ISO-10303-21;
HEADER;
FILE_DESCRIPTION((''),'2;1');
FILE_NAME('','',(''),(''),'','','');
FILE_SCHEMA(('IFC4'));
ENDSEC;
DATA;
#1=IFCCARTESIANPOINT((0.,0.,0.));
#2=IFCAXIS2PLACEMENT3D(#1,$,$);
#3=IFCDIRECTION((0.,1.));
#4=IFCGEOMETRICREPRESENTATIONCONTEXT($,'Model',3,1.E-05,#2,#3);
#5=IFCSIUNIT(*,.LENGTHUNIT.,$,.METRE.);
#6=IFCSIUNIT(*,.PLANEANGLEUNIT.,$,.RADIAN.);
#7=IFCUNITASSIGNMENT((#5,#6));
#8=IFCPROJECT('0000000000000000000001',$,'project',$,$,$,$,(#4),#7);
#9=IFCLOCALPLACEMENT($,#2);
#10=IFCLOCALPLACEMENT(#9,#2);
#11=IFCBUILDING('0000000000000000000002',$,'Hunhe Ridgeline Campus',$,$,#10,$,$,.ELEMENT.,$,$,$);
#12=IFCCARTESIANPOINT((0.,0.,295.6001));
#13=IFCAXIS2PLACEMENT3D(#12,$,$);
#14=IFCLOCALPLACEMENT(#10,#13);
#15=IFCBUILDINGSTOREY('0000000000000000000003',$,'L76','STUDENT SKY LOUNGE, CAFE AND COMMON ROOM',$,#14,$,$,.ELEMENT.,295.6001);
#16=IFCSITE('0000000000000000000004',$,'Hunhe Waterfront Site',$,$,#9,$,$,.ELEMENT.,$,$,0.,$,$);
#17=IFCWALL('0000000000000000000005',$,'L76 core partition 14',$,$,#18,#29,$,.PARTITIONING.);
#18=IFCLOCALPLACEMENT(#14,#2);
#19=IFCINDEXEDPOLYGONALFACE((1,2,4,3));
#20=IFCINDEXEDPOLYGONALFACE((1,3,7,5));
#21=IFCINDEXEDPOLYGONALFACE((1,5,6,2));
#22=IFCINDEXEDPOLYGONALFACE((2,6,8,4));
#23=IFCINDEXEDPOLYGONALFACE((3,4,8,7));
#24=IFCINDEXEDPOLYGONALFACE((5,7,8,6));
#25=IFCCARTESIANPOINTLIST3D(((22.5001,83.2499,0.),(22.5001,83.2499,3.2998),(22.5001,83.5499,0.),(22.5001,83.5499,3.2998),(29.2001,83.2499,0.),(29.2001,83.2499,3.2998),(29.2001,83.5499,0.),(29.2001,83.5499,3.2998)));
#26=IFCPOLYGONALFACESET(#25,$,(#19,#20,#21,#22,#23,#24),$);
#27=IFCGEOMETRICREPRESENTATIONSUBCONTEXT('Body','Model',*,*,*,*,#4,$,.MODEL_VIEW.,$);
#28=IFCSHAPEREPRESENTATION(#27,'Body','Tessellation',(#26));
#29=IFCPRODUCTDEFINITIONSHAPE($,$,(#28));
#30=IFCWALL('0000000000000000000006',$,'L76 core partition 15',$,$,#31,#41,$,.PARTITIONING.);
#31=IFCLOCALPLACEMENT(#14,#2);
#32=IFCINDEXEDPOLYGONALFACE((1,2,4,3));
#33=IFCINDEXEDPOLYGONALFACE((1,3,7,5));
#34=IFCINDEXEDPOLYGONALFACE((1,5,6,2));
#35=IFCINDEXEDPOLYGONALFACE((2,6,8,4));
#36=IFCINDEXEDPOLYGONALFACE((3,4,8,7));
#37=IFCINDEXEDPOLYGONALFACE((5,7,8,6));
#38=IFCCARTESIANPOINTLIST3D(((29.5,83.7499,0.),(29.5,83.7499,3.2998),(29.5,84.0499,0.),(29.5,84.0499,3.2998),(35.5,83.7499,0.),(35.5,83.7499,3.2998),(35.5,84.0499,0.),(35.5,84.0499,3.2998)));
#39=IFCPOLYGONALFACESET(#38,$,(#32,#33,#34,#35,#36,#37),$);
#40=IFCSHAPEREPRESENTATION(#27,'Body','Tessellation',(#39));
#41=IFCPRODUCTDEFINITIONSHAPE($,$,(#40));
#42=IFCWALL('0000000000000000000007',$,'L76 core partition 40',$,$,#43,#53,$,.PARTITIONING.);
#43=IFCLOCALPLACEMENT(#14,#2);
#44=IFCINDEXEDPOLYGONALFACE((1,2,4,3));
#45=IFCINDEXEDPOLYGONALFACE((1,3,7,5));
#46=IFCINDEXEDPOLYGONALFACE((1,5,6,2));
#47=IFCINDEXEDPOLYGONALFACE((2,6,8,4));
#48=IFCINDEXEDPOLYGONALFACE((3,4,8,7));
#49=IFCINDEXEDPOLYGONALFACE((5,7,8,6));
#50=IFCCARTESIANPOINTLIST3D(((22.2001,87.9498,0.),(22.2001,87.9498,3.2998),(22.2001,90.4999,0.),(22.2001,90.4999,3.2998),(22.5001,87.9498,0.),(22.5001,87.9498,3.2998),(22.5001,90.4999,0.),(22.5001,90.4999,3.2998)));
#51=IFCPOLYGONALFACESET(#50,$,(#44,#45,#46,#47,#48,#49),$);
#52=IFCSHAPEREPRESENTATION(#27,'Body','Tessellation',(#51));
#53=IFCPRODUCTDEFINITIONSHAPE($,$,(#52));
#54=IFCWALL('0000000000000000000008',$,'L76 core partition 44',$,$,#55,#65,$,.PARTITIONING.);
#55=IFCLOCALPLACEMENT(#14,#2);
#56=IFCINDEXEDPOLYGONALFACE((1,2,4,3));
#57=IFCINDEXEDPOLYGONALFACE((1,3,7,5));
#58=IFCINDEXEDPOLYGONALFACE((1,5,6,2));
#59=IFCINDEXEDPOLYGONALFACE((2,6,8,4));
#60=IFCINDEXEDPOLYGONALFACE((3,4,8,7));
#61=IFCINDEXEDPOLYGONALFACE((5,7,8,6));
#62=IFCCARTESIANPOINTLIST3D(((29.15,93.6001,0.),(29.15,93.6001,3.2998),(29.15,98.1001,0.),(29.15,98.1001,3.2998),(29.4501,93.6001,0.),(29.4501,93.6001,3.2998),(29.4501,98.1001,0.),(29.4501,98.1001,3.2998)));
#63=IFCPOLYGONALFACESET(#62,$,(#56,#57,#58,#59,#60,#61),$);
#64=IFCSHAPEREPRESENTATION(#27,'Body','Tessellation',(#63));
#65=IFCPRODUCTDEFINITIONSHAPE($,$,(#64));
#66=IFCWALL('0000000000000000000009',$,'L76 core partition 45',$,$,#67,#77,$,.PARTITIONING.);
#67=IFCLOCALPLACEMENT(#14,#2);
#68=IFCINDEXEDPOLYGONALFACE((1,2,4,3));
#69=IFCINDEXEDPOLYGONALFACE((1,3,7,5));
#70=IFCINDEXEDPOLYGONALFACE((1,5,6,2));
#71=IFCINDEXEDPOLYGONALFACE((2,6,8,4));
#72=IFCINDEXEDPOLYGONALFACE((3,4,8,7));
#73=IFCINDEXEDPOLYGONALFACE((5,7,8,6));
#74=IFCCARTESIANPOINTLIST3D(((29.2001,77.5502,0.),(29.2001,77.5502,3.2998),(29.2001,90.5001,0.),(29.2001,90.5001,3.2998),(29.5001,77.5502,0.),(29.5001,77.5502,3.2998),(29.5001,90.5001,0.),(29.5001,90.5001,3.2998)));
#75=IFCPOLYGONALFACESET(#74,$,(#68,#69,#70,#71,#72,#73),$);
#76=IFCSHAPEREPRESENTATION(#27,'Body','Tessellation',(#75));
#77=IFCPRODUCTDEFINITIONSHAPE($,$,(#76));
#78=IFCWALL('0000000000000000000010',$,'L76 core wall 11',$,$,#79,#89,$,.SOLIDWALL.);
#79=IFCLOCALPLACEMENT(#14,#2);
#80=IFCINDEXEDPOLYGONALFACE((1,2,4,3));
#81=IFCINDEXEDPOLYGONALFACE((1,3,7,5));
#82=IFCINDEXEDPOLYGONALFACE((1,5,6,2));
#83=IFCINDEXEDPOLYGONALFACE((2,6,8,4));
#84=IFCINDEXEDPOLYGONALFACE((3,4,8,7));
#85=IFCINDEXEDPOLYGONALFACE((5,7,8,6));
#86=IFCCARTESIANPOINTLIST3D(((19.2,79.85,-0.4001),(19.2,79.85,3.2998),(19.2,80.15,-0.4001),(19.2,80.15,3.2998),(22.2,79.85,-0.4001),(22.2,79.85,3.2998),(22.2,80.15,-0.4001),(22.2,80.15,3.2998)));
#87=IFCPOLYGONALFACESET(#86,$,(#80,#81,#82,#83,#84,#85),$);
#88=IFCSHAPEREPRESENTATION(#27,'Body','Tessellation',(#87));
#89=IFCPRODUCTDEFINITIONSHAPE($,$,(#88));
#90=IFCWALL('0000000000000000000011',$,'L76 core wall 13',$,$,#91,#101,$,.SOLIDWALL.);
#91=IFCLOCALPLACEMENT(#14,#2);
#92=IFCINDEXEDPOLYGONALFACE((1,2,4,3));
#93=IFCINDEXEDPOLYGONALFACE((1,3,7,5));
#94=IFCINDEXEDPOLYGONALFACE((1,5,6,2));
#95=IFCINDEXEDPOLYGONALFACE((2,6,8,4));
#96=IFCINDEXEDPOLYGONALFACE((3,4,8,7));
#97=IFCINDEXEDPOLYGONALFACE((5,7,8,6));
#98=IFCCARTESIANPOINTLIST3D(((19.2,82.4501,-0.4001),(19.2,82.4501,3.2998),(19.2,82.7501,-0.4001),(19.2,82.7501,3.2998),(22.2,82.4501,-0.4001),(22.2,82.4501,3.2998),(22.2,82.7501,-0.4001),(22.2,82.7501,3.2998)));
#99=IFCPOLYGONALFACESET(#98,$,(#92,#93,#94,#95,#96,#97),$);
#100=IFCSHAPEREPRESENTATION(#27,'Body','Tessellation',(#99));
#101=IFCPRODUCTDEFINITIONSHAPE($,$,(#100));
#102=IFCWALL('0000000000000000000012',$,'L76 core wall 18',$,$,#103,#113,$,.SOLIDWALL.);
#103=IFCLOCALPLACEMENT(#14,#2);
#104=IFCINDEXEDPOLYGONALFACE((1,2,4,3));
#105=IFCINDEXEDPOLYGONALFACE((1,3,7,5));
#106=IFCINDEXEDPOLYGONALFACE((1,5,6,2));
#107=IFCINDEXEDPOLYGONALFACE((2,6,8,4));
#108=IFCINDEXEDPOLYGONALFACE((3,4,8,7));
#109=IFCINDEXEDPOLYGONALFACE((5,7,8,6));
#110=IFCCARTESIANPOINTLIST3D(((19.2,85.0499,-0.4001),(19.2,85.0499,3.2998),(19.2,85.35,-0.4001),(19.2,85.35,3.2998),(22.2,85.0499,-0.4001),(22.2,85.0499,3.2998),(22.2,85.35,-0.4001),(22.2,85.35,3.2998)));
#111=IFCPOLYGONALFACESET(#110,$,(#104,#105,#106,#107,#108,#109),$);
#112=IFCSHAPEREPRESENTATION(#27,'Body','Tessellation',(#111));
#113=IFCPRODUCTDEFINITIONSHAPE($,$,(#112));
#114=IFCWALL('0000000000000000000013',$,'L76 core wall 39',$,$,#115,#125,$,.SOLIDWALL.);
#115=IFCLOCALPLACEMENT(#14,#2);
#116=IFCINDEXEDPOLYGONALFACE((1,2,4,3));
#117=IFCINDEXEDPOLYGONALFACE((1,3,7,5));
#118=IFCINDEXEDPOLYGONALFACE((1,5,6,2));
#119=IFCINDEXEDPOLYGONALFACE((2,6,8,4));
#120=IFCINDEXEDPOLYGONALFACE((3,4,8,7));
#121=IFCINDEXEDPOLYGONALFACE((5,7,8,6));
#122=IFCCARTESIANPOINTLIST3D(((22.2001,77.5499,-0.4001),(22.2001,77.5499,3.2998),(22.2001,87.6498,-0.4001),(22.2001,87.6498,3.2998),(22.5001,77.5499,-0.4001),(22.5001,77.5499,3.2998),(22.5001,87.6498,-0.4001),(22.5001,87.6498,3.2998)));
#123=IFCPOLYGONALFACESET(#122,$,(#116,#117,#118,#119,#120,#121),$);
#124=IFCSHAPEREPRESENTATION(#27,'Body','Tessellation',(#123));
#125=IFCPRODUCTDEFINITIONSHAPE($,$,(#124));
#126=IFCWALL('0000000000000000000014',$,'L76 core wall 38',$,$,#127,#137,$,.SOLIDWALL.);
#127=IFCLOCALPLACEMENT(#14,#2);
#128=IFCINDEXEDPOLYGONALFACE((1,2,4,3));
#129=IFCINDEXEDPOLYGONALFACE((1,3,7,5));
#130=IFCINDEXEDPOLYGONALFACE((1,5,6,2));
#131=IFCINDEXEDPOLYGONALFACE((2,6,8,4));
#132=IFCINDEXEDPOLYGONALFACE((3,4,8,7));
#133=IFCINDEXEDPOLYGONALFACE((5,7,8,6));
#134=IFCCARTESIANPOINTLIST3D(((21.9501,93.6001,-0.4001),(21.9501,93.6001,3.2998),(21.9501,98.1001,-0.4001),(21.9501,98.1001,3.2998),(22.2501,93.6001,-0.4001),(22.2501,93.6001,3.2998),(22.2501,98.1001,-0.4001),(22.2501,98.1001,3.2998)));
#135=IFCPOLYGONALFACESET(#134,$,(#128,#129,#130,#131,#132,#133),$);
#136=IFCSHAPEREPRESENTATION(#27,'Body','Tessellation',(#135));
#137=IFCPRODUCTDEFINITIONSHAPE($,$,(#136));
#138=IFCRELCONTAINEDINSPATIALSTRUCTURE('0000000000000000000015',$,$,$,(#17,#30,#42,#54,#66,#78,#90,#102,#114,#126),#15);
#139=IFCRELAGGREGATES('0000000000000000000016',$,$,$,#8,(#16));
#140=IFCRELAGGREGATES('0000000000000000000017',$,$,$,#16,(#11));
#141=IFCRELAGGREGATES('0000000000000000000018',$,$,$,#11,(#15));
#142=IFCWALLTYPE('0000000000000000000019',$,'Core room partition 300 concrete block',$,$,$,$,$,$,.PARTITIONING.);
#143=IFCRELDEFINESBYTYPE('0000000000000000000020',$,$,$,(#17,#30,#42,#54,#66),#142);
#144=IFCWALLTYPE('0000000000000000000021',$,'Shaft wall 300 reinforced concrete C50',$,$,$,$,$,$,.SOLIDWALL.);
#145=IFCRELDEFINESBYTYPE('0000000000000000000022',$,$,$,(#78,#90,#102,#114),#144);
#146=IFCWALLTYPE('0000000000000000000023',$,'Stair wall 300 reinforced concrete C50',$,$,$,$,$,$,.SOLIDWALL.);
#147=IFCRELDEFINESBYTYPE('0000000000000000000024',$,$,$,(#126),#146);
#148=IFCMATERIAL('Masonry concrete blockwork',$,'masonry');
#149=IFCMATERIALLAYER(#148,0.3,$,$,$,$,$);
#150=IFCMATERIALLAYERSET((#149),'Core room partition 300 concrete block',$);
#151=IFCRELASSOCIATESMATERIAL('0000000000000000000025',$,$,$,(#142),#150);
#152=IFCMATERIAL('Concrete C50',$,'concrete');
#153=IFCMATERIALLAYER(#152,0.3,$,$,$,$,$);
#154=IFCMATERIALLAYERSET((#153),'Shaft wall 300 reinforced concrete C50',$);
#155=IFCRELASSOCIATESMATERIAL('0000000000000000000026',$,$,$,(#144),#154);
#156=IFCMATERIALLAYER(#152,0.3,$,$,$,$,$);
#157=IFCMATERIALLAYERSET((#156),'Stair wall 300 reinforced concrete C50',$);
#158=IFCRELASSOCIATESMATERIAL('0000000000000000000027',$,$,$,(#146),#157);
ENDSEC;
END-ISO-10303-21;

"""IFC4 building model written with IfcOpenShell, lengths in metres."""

from ifc_helpers import new_model, si_unit, direction, frame, frame_2d, origin, place, context, subcontext, project, spatial, rectangle, extrude, material, layer, layer_set, type_object, element, save


model = new_model("IFC4")

# Units and contexts
model_context = context("Model", 3, precision=1e-05, world=origin(), true_north=direction((0.0, 1.0)))
body_context = subcontext(model_context, "Body", "Model", "MODEL_VIEW")
ifc_project = project(units=[si_unit("LENGTHUNIT", "METRE"), si_unit("PLANEANGLEUNIT", "RADIAN")], contexts=[model_context])

# Site, building, storey
site_placement = place(None, origin())
site = spatial("IfcSite", under=ifc_project, at=site_placement, Name="Hunhe Waterfront Site", CompositionType="ELEMENT", RefElevation=0.0)
building_placement = place(site_placement, origin())
building = spatial("IfcBuilding", under=site, at=building_placement, Name="Hunhe Ridgeline Campus", CompositionType="ELEMENT")
storey_placement = place(building_placement, frame((0.0, 0.0, 295.6001)))
storey = spatial("IfcBuildingStorey", under=building, at=storey_placement, Name="L76", Description="STUDENT SKY LOUNGE, CAFE AND COMMON ROOM", CompositionType="ELEMENT", Elevation=295.6001)

# Walls
ifc_material_1 = material(Name="Masonry concrete blockwork", Category="masonry")
ifc_layer_1 = layer(ifc_material_1, 0.3)
ifc_layer_set_1 = layer_set([ifc_layer_1], Name="Core room partition 300 concrete block")
wall_type_1 = type_object("IfcWallType", Name="Core room partition 300 concrete block", PredefinedType="PARTITIONING", material=ifc_layer_set_1)
wall_1_placement = place(storey_placement, frame((22.5, 83.3999, 0.0), z_axis=(0.0, 0.0, 1.0), x_axis=(1.0, 0.0, 0.0)))
element("IfcWall", 1, at=wall_1_placement, inside=storey, type_object=wall_type_1, Name="L76 core partition 14", PredefinedType="PARTITIONING", context=body_context, shape_type="SweptSolid", body=[
    extrude(rectangle(XDim=6.7, YDim=0.3, at=frame_2d((3.3501, 0.0))), origin(), (0.0, 0.0, 1.0), 3.2998),
])
wall_2_placement = place(storey_placement, frame((29.5, 83.8999, 0.0), z_axis=(0.0, 0.0, 1.0), x_axis=(1.0, 0.0, 0.0)))
element("IfcWall", 2, at=wall_2_placement, inside=storey, type_object=wall_type_1, Name="L76 core partition 15", PredefinedType="PARTITIONING", context=body_context, shape_type="SweptSolid", body=[
    extrude(rectangle(XDim=6.0, YDim=0.3, at=frame_2d((3.0, 0.0))), origin(), (0.0, 0.0, 1.0), 3.2998),
])
wall_3_placement = place(storey_placement, frame((22.3501, 87.95, 0.0), z_axis=(0.0, 0.0, 1.0), x_axis=(0.0, 1.0, 0.0)))
element("IfcWall", 3, at=wall_3_placement, inside=storey, type_object=wall_type_1, Name="L76 core partition 40", PredefinedType="PARTITIONING", context=body_context, shape_type="SweptSolid", body=[
    extrude(rectangle(XDim=2.55, YDim=0.3, at=frame_2d((1.2749, 0.0))), origin(), (0.0, 0.0, 1.0), 3.2998),
])
wall_4_placement = place(storey_placement, frame((29.3, 93.6001, 0.0), z_axis=(0.0, 0.0, 1.0), x_axis=(0.0, 1.0, 0.0)))
element("IfcWall", 4, at=wall_4_placement, inside=storey, type_object=wall_type_1, Name="L76 core partition 44", PredefinedType="PARTITIONING", context=body_context, shape_type="SweptSolid", body=[
    extrude(rectangle(XDim=4.5, YDim=0.3, at=frame_2d((2.25, 0.0))), origin(), (0.0, 0.0, 1.0), 3.2998),
])
wall_5_placement = place(storey_placement, frame((29.3501, 77.55, 0.0), z_axis=(0.0, 0.0, 1.0), x_axis=(0.0, 1.0, 0.0)))
element("IfcWall", 5, at=wall_5_placement, inside=storey, type_object=wall_type_1, Name="L76 core partition 45", PredefinedType="PARTITIONING", context=body_context, shape_type="SweptSolid", body=[
    extrude(rectangle(XDim=12.95, YDim=0.3, at=frame_2d((6.4751, 0.0))), origin(), (0.0, 0.0, 1.0), 3.2998),
])
ifc_material_2 = material(Name="Concrete C50", Category="concrete")
ifc_layer_2 = layer(ifc_material_2, 0.3)
ifc_layer_set_2 = layer_set([ifc_layer_2], Name="Shaft wall 300 reinforced concrete C50")
wall_type_2 = type_object("IfcWallType", Name="Shaft wall 300 reinforced concrete C50", PredefinedType="SOLIDWALL", material=ifc_layer_set_2)
for number, where, z_axis, x_axis, name in (
    (6, (19.2, 80.0, -0.4001), (0.0, 0.0, 1.0), (1.0, 0.0, 0.0), "L76 core wall 11"),
    (7, (19.2, 82.6001, -0.4001), (0.0, 0.0, 1.0), (1.0, 0.0, 0.0), "L76 core wall 13"),
    (8, (19.2, 85.2, -0.4001), (0.0, 0.0, 1.0), (1.0, 0.0, 0.0), "L76 core wall 18"),
):
    element("IfcWall", number, at=place(storey_placement, frame(where, z_axis=z_axis, x_axis=x_axis)), inside=storey, type_object=wall_type_2, Name=name, PredefinedType="SOLIDWALL", context=body_context, shape_type="SweptSolid", body=[
        extrude(rectangle(XDim=3.0, YDim=0.3, at=frame_2d((1.5, 0.0))), origin(), (0.0, 0.0, 1.0), 3.7),
    ])

# Walls
wall_6_placement = place(storey_placement, frame((22.3501, 77.55, -0.4001), z_axis=(0.0, 0.0, 1.0), x_axis=(0.0, 1.0, 0.0)))
element("IfcWall", 9, at=wall_6_placement, inside=storey, type_object=wall_type_2, Name="L76 core wall 39", PredefinedType="SOLIDWALL", context=body_context, shape_type="SweptSolid", body=[
    extrude(rectangle(XDim=10.0999, YDim=0.3, at=frame_2d((5.0498, 0.0))), origin(), (0.0, 0.0, 1.0), 3.7),
])
ifc_layer_3 = layer(ifc_material_2, 0.3)
ifc_layer_set_3 = layer_set([ifc_layer_3], Name="Stair wall 300 reinforced concrete C50")
wall_type_3 = type_object("IfcWallType", Name="Stair wall 300 reinforced concrete C50", PredefinedType="SOLIDWALL", material=ifc_layer_set_3)
wall_7_placement = place(storey_placement, frame((22.1001, 93.6001, -0.4001), z_axis=(0.0, 0.0, 1.0), x_axis=(0.0, 1.0, 0.0)))
element("IfcWall", 10, at=wall_7_placement, inside=storey, type_object=wall_type_3, Name="L76 core wall 38", PredefinedType="SOLIDWALL", context=body_context, shape_type="SweptSolid", body=[
    extrude(rectangle(XDim=4.5, YDim=0.3, at=frame_2d((2.25, 0.0))), origin(), (0.0, 0.0, 1.0), 3.7),
])

save(model, "model.ifc")
